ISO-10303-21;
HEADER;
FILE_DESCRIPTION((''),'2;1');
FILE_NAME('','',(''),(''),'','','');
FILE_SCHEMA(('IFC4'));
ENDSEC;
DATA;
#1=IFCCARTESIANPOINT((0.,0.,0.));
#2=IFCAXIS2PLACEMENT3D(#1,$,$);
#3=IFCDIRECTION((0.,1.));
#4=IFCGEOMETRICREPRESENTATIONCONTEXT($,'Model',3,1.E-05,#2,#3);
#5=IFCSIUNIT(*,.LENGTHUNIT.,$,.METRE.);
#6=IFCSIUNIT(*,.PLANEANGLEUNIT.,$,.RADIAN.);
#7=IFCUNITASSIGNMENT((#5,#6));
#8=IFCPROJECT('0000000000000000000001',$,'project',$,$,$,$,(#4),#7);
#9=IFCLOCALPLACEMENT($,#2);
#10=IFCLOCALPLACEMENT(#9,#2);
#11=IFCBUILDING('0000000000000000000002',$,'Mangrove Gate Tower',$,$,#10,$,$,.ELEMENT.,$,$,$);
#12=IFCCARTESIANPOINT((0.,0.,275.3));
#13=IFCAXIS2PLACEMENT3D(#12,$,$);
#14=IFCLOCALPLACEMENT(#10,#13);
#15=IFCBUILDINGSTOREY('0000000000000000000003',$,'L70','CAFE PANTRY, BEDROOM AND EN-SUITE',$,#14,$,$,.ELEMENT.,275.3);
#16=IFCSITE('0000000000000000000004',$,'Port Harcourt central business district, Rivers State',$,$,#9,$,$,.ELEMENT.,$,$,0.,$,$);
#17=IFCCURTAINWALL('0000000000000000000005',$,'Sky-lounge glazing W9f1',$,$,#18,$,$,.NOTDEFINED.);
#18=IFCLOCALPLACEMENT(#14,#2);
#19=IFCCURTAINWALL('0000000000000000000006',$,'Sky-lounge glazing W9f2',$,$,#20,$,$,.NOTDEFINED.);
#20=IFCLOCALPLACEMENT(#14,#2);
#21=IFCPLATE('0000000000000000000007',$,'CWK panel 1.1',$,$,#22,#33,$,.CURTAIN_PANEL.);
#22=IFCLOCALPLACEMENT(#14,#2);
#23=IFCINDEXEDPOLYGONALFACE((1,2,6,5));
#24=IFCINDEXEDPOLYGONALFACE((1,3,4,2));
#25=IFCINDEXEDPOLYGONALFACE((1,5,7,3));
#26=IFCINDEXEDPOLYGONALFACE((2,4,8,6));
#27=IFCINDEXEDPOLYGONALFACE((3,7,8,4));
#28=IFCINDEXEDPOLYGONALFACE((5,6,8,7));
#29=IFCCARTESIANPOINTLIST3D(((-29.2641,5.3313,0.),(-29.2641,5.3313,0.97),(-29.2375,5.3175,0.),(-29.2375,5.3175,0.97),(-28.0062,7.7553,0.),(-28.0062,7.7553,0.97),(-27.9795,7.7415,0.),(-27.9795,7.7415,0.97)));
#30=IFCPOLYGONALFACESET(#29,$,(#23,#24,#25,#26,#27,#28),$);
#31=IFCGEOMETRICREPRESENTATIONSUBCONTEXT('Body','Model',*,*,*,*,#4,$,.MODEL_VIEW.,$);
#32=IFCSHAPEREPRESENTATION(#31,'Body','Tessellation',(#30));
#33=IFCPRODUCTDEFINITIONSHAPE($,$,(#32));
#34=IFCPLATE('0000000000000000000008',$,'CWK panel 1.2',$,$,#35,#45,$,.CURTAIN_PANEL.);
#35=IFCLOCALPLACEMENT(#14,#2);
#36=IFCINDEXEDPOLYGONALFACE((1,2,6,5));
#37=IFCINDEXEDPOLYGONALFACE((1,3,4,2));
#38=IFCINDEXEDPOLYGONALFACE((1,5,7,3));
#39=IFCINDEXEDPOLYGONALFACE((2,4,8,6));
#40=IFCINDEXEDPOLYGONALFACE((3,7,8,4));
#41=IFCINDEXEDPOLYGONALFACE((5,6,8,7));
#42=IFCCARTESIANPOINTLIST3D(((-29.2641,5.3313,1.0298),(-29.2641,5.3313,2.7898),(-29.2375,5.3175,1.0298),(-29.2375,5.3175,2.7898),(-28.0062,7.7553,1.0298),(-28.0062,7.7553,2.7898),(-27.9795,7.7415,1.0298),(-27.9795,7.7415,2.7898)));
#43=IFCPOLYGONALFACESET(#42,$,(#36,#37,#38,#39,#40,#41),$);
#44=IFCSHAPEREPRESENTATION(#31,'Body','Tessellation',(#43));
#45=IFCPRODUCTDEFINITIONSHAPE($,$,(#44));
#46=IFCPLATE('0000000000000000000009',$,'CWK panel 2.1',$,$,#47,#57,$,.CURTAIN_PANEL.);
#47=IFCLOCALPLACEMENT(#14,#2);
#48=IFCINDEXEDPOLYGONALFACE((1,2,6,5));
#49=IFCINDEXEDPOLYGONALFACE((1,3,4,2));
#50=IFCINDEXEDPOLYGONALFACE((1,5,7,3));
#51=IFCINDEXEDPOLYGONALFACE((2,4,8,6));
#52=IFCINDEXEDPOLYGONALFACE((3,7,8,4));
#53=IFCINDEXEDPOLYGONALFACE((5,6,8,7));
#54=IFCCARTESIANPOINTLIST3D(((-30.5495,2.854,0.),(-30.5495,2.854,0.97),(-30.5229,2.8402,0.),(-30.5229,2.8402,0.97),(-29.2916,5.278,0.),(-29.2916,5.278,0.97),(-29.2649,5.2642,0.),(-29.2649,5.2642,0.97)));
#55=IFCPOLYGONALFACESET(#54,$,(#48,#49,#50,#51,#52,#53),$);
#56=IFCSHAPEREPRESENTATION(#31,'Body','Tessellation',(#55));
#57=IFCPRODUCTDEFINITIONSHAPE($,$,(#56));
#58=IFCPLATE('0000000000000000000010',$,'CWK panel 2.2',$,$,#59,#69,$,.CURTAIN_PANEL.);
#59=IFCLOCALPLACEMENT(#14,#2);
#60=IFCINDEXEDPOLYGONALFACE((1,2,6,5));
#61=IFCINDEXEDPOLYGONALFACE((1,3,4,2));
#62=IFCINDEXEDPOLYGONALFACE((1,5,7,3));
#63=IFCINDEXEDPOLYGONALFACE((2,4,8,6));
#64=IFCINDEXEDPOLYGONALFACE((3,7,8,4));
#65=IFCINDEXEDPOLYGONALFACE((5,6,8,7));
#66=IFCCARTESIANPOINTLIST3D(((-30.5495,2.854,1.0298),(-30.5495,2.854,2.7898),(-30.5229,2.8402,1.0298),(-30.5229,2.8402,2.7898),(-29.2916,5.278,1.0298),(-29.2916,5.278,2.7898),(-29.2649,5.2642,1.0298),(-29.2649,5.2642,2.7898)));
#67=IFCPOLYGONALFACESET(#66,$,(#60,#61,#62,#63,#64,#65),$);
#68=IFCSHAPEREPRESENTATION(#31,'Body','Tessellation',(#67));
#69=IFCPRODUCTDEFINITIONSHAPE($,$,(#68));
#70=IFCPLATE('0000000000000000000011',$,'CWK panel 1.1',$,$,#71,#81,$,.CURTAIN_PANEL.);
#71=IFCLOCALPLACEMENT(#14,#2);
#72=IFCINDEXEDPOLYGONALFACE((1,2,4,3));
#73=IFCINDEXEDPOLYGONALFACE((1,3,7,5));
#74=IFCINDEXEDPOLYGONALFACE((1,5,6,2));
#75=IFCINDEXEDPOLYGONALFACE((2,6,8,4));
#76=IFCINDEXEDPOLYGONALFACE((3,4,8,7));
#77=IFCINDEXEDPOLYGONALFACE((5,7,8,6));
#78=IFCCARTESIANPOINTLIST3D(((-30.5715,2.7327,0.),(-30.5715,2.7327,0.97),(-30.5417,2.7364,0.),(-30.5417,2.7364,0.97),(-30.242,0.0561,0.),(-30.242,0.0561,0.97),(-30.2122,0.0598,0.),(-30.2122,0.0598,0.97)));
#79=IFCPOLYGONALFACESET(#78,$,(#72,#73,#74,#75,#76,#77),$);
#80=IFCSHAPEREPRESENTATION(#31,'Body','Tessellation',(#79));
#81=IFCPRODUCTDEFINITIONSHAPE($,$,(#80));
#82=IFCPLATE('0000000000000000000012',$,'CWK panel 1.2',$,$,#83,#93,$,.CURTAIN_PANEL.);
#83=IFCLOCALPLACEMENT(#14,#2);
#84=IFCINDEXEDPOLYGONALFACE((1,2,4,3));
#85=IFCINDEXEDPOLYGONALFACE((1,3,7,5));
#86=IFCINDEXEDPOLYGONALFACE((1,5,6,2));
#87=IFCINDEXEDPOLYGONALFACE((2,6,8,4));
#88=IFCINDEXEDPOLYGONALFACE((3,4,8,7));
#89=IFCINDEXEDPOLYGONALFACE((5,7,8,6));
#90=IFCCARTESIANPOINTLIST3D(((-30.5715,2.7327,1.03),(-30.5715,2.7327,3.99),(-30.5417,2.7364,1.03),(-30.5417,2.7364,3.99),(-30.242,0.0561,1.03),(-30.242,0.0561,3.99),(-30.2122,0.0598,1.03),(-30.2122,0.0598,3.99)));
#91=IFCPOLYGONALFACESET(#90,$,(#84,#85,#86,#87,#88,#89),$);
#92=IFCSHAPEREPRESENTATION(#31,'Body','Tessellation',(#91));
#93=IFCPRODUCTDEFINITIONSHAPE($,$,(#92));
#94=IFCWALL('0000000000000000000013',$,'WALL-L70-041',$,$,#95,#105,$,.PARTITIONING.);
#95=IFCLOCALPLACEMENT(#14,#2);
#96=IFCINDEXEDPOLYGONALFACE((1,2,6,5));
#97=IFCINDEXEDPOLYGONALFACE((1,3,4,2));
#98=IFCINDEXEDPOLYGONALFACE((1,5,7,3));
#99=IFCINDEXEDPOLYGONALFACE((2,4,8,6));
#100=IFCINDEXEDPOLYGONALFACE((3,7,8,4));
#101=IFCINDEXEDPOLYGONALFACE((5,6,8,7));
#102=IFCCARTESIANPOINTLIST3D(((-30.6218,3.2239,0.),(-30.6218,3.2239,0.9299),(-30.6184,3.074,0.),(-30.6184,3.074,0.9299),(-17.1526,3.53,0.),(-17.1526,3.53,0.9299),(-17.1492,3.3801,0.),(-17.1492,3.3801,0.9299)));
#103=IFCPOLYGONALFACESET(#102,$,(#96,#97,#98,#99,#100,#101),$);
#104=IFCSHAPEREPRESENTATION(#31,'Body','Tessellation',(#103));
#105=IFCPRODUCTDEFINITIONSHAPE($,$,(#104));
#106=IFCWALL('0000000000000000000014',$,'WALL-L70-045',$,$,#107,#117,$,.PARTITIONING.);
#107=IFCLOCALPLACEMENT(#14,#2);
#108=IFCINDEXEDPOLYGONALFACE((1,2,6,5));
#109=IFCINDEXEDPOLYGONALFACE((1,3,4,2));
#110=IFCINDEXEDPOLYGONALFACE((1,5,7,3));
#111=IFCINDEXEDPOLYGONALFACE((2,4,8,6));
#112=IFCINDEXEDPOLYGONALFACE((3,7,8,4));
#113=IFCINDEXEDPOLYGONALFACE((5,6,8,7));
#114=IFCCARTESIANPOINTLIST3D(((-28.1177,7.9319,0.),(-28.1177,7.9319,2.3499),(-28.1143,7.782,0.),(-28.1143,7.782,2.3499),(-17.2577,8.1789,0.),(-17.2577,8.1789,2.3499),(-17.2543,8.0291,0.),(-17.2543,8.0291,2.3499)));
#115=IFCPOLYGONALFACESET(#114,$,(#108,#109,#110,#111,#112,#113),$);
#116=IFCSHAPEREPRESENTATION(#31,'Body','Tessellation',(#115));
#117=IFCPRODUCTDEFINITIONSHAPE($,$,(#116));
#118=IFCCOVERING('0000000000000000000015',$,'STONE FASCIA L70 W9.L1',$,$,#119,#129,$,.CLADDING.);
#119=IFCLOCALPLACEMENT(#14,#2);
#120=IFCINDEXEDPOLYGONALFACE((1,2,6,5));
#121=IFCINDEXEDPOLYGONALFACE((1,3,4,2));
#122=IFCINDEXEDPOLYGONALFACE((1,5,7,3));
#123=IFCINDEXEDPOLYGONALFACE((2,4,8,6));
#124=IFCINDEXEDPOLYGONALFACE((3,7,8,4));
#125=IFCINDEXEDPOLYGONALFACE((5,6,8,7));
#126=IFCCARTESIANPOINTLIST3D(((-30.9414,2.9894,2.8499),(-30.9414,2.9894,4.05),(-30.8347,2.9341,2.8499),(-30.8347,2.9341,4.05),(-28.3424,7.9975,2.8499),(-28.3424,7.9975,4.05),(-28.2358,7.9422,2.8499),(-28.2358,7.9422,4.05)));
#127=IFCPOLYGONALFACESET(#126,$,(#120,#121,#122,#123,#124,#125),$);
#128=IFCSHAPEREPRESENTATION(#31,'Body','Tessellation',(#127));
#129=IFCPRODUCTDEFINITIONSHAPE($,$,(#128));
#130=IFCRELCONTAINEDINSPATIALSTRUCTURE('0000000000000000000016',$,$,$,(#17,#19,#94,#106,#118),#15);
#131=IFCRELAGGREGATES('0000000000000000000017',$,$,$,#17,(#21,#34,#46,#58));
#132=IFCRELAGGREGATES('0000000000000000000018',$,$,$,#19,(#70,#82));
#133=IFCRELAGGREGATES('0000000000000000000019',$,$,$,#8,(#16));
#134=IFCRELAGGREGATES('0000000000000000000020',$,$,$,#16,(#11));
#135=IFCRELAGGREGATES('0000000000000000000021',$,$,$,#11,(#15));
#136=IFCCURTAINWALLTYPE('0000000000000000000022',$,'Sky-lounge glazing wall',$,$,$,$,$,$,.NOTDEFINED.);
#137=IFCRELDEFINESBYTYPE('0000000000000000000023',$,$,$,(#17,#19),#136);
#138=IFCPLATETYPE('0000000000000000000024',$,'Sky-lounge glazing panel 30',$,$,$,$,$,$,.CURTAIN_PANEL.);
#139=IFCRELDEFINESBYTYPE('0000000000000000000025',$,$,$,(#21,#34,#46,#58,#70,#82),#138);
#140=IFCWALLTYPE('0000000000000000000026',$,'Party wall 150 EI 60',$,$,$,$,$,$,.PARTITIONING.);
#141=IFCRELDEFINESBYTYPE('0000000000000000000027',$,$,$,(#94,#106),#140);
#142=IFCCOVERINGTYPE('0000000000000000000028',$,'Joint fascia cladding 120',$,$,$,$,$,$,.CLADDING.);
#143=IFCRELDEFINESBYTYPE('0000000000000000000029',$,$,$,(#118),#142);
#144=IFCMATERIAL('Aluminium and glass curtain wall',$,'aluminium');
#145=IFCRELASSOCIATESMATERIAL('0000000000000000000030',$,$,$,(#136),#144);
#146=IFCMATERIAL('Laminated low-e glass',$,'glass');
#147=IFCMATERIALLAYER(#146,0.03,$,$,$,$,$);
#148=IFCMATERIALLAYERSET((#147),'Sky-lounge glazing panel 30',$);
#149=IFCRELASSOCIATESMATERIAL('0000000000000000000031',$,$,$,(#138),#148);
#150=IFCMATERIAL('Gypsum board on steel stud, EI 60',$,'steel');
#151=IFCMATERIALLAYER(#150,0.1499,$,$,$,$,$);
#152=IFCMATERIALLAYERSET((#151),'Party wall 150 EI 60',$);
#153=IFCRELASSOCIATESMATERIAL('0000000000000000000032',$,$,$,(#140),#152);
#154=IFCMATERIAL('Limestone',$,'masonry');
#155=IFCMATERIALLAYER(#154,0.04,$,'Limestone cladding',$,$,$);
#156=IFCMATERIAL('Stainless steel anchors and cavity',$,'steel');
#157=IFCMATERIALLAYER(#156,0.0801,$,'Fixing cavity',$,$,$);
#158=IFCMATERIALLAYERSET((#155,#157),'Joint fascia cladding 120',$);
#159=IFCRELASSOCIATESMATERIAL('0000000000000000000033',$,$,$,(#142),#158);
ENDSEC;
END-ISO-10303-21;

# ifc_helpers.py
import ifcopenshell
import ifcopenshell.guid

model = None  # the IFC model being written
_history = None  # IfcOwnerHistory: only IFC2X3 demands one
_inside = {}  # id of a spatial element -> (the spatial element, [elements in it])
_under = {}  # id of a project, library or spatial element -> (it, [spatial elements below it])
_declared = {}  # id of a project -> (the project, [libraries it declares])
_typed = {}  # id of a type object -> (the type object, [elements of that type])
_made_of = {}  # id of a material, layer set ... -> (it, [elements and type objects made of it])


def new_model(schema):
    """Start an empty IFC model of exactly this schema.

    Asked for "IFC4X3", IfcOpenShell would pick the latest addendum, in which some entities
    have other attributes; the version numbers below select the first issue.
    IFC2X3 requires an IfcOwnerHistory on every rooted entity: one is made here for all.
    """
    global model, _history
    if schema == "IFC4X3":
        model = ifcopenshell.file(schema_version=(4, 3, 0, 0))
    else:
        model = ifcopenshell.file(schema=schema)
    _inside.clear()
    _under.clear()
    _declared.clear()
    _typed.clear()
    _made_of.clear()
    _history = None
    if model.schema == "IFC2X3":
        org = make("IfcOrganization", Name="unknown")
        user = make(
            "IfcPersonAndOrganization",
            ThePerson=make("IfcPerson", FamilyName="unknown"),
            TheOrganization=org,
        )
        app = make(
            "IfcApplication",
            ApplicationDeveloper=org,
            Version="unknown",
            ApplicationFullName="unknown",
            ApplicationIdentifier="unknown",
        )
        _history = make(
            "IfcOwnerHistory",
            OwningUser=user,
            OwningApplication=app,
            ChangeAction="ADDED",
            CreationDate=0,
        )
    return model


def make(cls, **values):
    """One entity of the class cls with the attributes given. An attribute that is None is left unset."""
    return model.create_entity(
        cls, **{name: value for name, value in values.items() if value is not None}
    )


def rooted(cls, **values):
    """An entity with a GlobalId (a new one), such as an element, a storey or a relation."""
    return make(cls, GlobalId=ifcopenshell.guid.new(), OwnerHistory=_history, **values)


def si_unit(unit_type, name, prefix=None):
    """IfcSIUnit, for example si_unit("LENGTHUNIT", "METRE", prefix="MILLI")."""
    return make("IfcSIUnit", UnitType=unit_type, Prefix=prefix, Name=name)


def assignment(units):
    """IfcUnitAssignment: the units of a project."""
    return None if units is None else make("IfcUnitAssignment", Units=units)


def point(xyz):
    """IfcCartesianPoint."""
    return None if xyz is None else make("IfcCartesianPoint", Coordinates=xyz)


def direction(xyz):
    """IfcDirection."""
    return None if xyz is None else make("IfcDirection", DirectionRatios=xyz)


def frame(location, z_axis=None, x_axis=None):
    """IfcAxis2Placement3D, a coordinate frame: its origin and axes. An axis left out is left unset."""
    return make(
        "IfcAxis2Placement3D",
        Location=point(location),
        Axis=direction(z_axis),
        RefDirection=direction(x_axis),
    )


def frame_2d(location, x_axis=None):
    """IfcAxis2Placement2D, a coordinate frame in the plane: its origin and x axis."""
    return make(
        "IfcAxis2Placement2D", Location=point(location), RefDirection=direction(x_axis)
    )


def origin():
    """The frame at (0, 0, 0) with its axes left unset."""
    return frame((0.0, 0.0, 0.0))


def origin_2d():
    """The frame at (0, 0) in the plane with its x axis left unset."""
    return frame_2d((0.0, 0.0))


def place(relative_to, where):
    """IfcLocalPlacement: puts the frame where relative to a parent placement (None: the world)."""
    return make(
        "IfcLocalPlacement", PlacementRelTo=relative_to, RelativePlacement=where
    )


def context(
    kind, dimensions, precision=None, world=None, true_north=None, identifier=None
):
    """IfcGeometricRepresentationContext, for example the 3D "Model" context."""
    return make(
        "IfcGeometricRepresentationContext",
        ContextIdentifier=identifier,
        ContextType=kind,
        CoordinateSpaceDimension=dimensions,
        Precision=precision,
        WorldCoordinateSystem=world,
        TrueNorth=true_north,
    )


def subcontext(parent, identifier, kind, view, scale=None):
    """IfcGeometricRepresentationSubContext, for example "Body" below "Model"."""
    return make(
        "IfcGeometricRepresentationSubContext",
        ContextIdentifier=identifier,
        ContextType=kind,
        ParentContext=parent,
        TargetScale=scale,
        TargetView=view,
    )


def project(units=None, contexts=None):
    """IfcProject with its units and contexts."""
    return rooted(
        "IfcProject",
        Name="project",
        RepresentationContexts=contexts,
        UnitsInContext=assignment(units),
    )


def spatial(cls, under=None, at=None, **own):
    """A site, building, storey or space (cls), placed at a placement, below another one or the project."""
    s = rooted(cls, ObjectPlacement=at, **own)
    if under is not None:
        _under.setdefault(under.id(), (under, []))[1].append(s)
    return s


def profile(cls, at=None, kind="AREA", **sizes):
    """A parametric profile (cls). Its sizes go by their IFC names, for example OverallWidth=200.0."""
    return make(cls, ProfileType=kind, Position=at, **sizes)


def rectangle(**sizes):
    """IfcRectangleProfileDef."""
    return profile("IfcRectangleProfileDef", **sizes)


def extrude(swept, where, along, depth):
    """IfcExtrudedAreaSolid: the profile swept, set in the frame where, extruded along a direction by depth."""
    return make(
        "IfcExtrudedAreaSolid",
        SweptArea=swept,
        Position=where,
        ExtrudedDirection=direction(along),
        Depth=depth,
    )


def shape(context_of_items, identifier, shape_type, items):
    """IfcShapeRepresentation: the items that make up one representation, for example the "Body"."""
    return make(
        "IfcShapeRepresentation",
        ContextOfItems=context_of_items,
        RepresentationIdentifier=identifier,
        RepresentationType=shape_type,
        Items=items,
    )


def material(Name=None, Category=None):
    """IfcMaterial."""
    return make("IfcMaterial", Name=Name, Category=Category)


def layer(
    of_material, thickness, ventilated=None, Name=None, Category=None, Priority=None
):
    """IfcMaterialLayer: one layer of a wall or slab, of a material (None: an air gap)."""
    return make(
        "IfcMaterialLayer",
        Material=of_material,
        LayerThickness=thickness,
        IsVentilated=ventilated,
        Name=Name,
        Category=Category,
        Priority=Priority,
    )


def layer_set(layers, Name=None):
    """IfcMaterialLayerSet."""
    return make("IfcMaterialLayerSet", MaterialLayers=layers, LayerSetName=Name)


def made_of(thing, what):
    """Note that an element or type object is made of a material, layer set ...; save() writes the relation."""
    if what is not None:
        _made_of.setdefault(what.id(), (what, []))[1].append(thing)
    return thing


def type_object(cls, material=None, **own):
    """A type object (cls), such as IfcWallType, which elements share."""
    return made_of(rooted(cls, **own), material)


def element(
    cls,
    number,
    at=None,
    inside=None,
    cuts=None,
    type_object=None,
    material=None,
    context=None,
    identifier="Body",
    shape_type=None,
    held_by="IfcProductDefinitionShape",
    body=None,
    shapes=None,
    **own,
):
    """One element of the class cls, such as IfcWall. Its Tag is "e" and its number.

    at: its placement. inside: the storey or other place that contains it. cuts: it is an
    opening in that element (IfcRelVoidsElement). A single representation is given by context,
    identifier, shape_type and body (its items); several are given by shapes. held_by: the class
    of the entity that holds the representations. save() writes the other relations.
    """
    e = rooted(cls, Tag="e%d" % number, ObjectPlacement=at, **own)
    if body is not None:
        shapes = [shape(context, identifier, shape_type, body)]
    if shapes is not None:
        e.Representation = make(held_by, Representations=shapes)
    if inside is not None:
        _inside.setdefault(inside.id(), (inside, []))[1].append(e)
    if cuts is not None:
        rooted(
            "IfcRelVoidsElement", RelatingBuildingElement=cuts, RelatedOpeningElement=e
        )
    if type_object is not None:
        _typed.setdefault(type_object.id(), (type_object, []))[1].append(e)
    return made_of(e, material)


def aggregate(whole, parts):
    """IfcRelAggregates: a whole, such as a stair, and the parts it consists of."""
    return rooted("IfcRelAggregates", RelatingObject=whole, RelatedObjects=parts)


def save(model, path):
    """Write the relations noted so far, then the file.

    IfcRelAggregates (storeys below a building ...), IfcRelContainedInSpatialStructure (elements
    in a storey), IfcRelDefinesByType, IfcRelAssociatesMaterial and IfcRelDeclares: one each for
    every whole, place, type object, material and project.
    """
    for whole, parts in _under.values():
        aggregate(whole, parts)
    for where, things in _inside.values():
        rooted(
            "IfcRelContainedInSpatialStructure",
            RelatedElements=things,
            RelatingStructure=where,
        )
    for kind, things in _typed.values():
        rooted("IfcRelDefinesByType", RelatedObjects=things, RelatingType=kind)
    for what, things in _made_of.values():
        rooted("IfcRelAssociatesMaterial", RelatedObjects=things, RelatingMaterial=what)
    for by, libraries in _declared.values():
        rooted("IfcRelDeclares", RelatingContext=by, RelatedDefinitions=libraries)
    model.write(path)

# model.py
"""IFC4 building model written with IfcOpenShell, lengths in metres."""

from ifc_helpers import new_model, si_unit, direction, frame, frame_2d, origin, origin_2d, place, context, subcontext, project, spatial, rectangle, extrude, material, layer, layer_set, type_object, element, aggregate, save


model = new_model("IFC4")

# Units and contexts
model_context = context("Model", 3, precision=1e-05, world=origin(), true_north=direction((0.0, 1.0)))
body_context = subcontext(model_context, "Body", "Model", "MODEL_VIEW")
ifc_project = project(units=[si_unit("LENGTHUNIT", "METRE"), si_unit("PLANEANGLEUNIT", "RADIAN")], contexts=[model_context])

# Site, building, storey
site_placement = place(None, origin())
site = spatial("IfcSite", under=ifc_project, at=site_placement, Name="Port Harcourt central business district, Rivers State", CompositionType="ELEMENT", RefElevation=0.0)
building_placement = place(site_placement, origin())
building = spatial("IfcBuilding", under=site, at=building_placement, Name="Mangrove Gate Tower", CompositionType="ELEMENT")
storey_placement = place(building_placement, frame((0.0, 0.0, 275.3)))
storey = spatial("IfcBuildingStorey", under=building, at=storey_placement, Name="L70", Description="CAFE PANTRY, BEDROOM AND EN-SUITE", CompositionType="ELEMENT", Elevation=275.3)

# Curtain walls
ifc_material_1 = material(Name="Aluminium and glass curtain wall", Category="aluminium")
curtain_wall_type = type_object("IfcCurtainWallType", Name="Sky-lounge glazing wall", PredefinedType="NOTDEFINED", material=ifc_material_1)
curtain_wall_1_placement = place(storey_placement, origin())
curtain_wall_1 = element("IfcCurtainWall", 1, at=curtain_wall_1_placement, inside=storey, type_object=curtain_wall_type, Name="Sky-lounge glazing W9f1", PredefinedType="NOTDEFINED")
curtain_wall_2_placement = place(storey_placement, origin())
curtain_wall_2 = element("IfcCurtainWall", 2, at=curtain_wall_2_placement, inside=storey, type_object=curtain_wall_type, Name="Sky-lounge glazing W9f2", PredefinedType="NOTDEFINED")

# Plates
ifc_material_2 = material(Name="Laminated low-e glass", Category="glass")
ifc_layer_1 = layer(ifc_material_2, 0.03)
ifc_layer_set_1 = layer_set([ifc_layer_1], Name="Sky-lounge glazing panel 30")
plate_type = type_object("IfcPlateType", Name="Sky-lounge glazing panel 30", PredefinedType="CURTAIN_PANEL", material=ifc_layer_set_1)
plate_1_placement = place(storey_placement, frame((-28.6218, 6.5364, 0.0), z_axis=(0.0, 0.0, 1.0), x_axis=(-0.460628, -0.887593, 0.0)))
plate_1 = element("IfcPlate", 3, at=plate_1_placement, type_object=plate_type, Name="CWK panel 1.1", PredefinedType="CURTAIN_PANEL", context=body_context, shape_type="SweptSolid", body=[
    extrude(rectangle(XDim=2.731, YDim=0.03, at=origin_2d()), origin(), (0.0, 0.0, 1.0), 0.97),
])
plate_2_placement = place(storey_placement, frame((-28.6218, 6.5364, 1.0298), z_axis=(0.0, 0.0, 1.0), x_axis=(-0.460628, -0.887593, 0.0)))
plate_2 = element("IfcPlate", 4, at=plate_2_placement, type_object=plate_type, Name="CWK panel 1.2", PredefinedType="CURTAIN_PANEL", context=body_context, shape_type="SweptSolid", body=[
    extrude(rectangle(XDim=2.731, YDim=0.03, at=origin_2d()), origin(), (0.0, 0.0, 1.0), 1.76),
])
plate_3_placement = place(storey_placement, frame((-29.9072, 4.0591, 0.0), z_axis=(0.0, 0.0, 1.0), x_axis=(-0.460628, -0.887593, 0.0)))
plate_3 = element("IfcPlate", 5, at=plate_3_placement, type_object=plate_type, Name="CWK panel 2.1", PredefinedType="CURTAIN_PANEL", context=body_context, shape_type="SweptSolid", body=[
    extrude(rectangle(XDim=2.731, YDim=0.03, at=origin_2d()), origin(), (0.0, 0.0, 1.0), 0.97),
])
plate_4_placement = place(storey_placement, frame((-29.9072, 4.0591, 1.0298), z_axis=(0.0, 0.0, 1.0), x_axis=(-0.460628, -0.887593, 0.0)))
plate_4 = element("IfcPlate", 6, at=plate_4_placement, type_object=plate_type, Name="CWK panel 2.2", PredefinedType="CURTAIN_PANEL", context=body_context, shape_type="SweptSolid", body=[
    extrude(rectangle(XDim=2.731, YDim=0.03, at=origin_2d()), origin(), (0.0, 0.0, 1.0), 1.76),
])
aggregate(curtain_wall_1, [plate_1, plate_2, plate_3, plate_4])
plate_5_placement = place(storey_placement, frame((-30.3918, 1.3962, 0.0), z_axis=(0.0, 0.0, 1.0), x_axis=(0.122172, -0.992509, 0.0)))
plate_5 = element("IfcPlate", 7, at=plate_5_placement, type_object=plate_type, Name="CWK panel 1.1", PredefinedType="CURTAIN_PANEL", context=body_context, shape_type="SweptSolid", body=[
    extrude(rectangle(XDim=2.6968, YDim=0.03, at=origin_2d()), origin(), (0.0, 0.0, 1.0), 0.97),
])
plate_6_placement = place(storey_placement, frame((-30.3918, 1.3962, 1.03), z_axis=(0.0, 0.0, 1.0), x_axis=(0.122172, -0.992509, 0.0)))
plate_6 = element("IfcPlate", 8, at=plate_6_placement, type_object=plate_type, Name="CWK panel 1.2", PredefinedType="CURTAIN_PANEL", context=body_context, shape_type="SweptSolid", body=[
    extrude(rectangle(XDim=2.6968, YDim=0.03, at=origin_2d()), origin(), (0.0, 0.0, 1.0), 2.96),
])
aggregate(curtain_wall_2, [plate_5, plate_6])

# Walls
ifc_material_3 = material(Name="Gypsum board on steel stud, EI 60", Category="steel")
ifc_layer_2 = layer(ifc_material_3, 0.1499)
ifc_layer_set_2 = layer_set([ifc_layer_2], Name="Party wall 150 EI 60")
wall_type = type_object("IfcWallType", Name="Party wall 150 EI 60", PredefinedType="PARTITIONING", material=ifc_layer_set_2)
wall_1_placement = place(storey_placement, frame((-30.6201, 3.1489, 0.0), z_axis=(0.0, 0.0, 1.0), x_axis=(0.999742, 0.022724, 0.0)))
element("IfcWall", 9, at=wall_1_placement, inside=storey, type_object=wall_type, Name="WALL-L70-041", PredefinedType="PARTITIONING", context=body_context, shape_type="SweptSolid", body=[
    extrude(rectangle(XDim=13.4727, YDim=0.1499, at=frame_2d((6.7363, 0.0))), origin(), (0.0, 0.0, 1.0), 0.9299),
])
wall_2_placement = place(storey_placement, frame((-28.116, 7.8569, 0.0), z_axis=(0.0, 0.0, 1.0), x_axis=(0.999741, 0.022745, 0.0)))
element("IfcWall", 10, at=wall_2_placement, inside=storey, type_object=wall_type, Name="WALL-L70-045", PredefinedType="PARTITIONING", context=body_context, shape_type="SweptSolid", body=[
    extrude(rectangle(XDim=10.8628, YDim=0.1499, at=frame_2d((5.4314, 0.0))), origin(), (0.0, 0.0, 1.0), 2.3499),
])

# Covering
ifc_material_4 = material(Name="Limestone", Category="masonry")
ifc_layer_3 = layer(ifc_material_4, 0.04, Name="Limestone cladding")
ifc_material_5 = material(Name="Stainless steel anchors and cavity", Category="steel")
ifc_layer_4 = layer(ifc_material_5, 0.0801, Name="Fixing cavity")
ifc_layer_set_3 = layer_set([ifc_layer_3, ifc_layer_4], Name="Joint fascia cladding 120")
covering_type = type_object("IfcCoveringType", Name="Joint fascia cladding 120", PredefinedType="CLADDING", material=ifc_layer_set_3)
covering_placement = place(storey_placement, frame((-28.2891, 7.97, 2.8499), z_axis=(0.0, 0.0, 1.0), x_axis=(-0.460611, -0.887602, 0.0)))
element("IfcCovering", 11, at=covering_placement, inside=storey, type_object=covering_type, Name="STONE FASCIA L70 W9.L1", PredefinedType="CLADDING", context=body_context, shape_type="SweptSolid", body=[
    extrude(rectangle(XDim=5.6423, YDim=0.1201, at=frame_2d((2.8213, 0.0))), origin(), (0.0, 0.0, 1.0), 1.2002),
])

save(model, "model.ifc")
